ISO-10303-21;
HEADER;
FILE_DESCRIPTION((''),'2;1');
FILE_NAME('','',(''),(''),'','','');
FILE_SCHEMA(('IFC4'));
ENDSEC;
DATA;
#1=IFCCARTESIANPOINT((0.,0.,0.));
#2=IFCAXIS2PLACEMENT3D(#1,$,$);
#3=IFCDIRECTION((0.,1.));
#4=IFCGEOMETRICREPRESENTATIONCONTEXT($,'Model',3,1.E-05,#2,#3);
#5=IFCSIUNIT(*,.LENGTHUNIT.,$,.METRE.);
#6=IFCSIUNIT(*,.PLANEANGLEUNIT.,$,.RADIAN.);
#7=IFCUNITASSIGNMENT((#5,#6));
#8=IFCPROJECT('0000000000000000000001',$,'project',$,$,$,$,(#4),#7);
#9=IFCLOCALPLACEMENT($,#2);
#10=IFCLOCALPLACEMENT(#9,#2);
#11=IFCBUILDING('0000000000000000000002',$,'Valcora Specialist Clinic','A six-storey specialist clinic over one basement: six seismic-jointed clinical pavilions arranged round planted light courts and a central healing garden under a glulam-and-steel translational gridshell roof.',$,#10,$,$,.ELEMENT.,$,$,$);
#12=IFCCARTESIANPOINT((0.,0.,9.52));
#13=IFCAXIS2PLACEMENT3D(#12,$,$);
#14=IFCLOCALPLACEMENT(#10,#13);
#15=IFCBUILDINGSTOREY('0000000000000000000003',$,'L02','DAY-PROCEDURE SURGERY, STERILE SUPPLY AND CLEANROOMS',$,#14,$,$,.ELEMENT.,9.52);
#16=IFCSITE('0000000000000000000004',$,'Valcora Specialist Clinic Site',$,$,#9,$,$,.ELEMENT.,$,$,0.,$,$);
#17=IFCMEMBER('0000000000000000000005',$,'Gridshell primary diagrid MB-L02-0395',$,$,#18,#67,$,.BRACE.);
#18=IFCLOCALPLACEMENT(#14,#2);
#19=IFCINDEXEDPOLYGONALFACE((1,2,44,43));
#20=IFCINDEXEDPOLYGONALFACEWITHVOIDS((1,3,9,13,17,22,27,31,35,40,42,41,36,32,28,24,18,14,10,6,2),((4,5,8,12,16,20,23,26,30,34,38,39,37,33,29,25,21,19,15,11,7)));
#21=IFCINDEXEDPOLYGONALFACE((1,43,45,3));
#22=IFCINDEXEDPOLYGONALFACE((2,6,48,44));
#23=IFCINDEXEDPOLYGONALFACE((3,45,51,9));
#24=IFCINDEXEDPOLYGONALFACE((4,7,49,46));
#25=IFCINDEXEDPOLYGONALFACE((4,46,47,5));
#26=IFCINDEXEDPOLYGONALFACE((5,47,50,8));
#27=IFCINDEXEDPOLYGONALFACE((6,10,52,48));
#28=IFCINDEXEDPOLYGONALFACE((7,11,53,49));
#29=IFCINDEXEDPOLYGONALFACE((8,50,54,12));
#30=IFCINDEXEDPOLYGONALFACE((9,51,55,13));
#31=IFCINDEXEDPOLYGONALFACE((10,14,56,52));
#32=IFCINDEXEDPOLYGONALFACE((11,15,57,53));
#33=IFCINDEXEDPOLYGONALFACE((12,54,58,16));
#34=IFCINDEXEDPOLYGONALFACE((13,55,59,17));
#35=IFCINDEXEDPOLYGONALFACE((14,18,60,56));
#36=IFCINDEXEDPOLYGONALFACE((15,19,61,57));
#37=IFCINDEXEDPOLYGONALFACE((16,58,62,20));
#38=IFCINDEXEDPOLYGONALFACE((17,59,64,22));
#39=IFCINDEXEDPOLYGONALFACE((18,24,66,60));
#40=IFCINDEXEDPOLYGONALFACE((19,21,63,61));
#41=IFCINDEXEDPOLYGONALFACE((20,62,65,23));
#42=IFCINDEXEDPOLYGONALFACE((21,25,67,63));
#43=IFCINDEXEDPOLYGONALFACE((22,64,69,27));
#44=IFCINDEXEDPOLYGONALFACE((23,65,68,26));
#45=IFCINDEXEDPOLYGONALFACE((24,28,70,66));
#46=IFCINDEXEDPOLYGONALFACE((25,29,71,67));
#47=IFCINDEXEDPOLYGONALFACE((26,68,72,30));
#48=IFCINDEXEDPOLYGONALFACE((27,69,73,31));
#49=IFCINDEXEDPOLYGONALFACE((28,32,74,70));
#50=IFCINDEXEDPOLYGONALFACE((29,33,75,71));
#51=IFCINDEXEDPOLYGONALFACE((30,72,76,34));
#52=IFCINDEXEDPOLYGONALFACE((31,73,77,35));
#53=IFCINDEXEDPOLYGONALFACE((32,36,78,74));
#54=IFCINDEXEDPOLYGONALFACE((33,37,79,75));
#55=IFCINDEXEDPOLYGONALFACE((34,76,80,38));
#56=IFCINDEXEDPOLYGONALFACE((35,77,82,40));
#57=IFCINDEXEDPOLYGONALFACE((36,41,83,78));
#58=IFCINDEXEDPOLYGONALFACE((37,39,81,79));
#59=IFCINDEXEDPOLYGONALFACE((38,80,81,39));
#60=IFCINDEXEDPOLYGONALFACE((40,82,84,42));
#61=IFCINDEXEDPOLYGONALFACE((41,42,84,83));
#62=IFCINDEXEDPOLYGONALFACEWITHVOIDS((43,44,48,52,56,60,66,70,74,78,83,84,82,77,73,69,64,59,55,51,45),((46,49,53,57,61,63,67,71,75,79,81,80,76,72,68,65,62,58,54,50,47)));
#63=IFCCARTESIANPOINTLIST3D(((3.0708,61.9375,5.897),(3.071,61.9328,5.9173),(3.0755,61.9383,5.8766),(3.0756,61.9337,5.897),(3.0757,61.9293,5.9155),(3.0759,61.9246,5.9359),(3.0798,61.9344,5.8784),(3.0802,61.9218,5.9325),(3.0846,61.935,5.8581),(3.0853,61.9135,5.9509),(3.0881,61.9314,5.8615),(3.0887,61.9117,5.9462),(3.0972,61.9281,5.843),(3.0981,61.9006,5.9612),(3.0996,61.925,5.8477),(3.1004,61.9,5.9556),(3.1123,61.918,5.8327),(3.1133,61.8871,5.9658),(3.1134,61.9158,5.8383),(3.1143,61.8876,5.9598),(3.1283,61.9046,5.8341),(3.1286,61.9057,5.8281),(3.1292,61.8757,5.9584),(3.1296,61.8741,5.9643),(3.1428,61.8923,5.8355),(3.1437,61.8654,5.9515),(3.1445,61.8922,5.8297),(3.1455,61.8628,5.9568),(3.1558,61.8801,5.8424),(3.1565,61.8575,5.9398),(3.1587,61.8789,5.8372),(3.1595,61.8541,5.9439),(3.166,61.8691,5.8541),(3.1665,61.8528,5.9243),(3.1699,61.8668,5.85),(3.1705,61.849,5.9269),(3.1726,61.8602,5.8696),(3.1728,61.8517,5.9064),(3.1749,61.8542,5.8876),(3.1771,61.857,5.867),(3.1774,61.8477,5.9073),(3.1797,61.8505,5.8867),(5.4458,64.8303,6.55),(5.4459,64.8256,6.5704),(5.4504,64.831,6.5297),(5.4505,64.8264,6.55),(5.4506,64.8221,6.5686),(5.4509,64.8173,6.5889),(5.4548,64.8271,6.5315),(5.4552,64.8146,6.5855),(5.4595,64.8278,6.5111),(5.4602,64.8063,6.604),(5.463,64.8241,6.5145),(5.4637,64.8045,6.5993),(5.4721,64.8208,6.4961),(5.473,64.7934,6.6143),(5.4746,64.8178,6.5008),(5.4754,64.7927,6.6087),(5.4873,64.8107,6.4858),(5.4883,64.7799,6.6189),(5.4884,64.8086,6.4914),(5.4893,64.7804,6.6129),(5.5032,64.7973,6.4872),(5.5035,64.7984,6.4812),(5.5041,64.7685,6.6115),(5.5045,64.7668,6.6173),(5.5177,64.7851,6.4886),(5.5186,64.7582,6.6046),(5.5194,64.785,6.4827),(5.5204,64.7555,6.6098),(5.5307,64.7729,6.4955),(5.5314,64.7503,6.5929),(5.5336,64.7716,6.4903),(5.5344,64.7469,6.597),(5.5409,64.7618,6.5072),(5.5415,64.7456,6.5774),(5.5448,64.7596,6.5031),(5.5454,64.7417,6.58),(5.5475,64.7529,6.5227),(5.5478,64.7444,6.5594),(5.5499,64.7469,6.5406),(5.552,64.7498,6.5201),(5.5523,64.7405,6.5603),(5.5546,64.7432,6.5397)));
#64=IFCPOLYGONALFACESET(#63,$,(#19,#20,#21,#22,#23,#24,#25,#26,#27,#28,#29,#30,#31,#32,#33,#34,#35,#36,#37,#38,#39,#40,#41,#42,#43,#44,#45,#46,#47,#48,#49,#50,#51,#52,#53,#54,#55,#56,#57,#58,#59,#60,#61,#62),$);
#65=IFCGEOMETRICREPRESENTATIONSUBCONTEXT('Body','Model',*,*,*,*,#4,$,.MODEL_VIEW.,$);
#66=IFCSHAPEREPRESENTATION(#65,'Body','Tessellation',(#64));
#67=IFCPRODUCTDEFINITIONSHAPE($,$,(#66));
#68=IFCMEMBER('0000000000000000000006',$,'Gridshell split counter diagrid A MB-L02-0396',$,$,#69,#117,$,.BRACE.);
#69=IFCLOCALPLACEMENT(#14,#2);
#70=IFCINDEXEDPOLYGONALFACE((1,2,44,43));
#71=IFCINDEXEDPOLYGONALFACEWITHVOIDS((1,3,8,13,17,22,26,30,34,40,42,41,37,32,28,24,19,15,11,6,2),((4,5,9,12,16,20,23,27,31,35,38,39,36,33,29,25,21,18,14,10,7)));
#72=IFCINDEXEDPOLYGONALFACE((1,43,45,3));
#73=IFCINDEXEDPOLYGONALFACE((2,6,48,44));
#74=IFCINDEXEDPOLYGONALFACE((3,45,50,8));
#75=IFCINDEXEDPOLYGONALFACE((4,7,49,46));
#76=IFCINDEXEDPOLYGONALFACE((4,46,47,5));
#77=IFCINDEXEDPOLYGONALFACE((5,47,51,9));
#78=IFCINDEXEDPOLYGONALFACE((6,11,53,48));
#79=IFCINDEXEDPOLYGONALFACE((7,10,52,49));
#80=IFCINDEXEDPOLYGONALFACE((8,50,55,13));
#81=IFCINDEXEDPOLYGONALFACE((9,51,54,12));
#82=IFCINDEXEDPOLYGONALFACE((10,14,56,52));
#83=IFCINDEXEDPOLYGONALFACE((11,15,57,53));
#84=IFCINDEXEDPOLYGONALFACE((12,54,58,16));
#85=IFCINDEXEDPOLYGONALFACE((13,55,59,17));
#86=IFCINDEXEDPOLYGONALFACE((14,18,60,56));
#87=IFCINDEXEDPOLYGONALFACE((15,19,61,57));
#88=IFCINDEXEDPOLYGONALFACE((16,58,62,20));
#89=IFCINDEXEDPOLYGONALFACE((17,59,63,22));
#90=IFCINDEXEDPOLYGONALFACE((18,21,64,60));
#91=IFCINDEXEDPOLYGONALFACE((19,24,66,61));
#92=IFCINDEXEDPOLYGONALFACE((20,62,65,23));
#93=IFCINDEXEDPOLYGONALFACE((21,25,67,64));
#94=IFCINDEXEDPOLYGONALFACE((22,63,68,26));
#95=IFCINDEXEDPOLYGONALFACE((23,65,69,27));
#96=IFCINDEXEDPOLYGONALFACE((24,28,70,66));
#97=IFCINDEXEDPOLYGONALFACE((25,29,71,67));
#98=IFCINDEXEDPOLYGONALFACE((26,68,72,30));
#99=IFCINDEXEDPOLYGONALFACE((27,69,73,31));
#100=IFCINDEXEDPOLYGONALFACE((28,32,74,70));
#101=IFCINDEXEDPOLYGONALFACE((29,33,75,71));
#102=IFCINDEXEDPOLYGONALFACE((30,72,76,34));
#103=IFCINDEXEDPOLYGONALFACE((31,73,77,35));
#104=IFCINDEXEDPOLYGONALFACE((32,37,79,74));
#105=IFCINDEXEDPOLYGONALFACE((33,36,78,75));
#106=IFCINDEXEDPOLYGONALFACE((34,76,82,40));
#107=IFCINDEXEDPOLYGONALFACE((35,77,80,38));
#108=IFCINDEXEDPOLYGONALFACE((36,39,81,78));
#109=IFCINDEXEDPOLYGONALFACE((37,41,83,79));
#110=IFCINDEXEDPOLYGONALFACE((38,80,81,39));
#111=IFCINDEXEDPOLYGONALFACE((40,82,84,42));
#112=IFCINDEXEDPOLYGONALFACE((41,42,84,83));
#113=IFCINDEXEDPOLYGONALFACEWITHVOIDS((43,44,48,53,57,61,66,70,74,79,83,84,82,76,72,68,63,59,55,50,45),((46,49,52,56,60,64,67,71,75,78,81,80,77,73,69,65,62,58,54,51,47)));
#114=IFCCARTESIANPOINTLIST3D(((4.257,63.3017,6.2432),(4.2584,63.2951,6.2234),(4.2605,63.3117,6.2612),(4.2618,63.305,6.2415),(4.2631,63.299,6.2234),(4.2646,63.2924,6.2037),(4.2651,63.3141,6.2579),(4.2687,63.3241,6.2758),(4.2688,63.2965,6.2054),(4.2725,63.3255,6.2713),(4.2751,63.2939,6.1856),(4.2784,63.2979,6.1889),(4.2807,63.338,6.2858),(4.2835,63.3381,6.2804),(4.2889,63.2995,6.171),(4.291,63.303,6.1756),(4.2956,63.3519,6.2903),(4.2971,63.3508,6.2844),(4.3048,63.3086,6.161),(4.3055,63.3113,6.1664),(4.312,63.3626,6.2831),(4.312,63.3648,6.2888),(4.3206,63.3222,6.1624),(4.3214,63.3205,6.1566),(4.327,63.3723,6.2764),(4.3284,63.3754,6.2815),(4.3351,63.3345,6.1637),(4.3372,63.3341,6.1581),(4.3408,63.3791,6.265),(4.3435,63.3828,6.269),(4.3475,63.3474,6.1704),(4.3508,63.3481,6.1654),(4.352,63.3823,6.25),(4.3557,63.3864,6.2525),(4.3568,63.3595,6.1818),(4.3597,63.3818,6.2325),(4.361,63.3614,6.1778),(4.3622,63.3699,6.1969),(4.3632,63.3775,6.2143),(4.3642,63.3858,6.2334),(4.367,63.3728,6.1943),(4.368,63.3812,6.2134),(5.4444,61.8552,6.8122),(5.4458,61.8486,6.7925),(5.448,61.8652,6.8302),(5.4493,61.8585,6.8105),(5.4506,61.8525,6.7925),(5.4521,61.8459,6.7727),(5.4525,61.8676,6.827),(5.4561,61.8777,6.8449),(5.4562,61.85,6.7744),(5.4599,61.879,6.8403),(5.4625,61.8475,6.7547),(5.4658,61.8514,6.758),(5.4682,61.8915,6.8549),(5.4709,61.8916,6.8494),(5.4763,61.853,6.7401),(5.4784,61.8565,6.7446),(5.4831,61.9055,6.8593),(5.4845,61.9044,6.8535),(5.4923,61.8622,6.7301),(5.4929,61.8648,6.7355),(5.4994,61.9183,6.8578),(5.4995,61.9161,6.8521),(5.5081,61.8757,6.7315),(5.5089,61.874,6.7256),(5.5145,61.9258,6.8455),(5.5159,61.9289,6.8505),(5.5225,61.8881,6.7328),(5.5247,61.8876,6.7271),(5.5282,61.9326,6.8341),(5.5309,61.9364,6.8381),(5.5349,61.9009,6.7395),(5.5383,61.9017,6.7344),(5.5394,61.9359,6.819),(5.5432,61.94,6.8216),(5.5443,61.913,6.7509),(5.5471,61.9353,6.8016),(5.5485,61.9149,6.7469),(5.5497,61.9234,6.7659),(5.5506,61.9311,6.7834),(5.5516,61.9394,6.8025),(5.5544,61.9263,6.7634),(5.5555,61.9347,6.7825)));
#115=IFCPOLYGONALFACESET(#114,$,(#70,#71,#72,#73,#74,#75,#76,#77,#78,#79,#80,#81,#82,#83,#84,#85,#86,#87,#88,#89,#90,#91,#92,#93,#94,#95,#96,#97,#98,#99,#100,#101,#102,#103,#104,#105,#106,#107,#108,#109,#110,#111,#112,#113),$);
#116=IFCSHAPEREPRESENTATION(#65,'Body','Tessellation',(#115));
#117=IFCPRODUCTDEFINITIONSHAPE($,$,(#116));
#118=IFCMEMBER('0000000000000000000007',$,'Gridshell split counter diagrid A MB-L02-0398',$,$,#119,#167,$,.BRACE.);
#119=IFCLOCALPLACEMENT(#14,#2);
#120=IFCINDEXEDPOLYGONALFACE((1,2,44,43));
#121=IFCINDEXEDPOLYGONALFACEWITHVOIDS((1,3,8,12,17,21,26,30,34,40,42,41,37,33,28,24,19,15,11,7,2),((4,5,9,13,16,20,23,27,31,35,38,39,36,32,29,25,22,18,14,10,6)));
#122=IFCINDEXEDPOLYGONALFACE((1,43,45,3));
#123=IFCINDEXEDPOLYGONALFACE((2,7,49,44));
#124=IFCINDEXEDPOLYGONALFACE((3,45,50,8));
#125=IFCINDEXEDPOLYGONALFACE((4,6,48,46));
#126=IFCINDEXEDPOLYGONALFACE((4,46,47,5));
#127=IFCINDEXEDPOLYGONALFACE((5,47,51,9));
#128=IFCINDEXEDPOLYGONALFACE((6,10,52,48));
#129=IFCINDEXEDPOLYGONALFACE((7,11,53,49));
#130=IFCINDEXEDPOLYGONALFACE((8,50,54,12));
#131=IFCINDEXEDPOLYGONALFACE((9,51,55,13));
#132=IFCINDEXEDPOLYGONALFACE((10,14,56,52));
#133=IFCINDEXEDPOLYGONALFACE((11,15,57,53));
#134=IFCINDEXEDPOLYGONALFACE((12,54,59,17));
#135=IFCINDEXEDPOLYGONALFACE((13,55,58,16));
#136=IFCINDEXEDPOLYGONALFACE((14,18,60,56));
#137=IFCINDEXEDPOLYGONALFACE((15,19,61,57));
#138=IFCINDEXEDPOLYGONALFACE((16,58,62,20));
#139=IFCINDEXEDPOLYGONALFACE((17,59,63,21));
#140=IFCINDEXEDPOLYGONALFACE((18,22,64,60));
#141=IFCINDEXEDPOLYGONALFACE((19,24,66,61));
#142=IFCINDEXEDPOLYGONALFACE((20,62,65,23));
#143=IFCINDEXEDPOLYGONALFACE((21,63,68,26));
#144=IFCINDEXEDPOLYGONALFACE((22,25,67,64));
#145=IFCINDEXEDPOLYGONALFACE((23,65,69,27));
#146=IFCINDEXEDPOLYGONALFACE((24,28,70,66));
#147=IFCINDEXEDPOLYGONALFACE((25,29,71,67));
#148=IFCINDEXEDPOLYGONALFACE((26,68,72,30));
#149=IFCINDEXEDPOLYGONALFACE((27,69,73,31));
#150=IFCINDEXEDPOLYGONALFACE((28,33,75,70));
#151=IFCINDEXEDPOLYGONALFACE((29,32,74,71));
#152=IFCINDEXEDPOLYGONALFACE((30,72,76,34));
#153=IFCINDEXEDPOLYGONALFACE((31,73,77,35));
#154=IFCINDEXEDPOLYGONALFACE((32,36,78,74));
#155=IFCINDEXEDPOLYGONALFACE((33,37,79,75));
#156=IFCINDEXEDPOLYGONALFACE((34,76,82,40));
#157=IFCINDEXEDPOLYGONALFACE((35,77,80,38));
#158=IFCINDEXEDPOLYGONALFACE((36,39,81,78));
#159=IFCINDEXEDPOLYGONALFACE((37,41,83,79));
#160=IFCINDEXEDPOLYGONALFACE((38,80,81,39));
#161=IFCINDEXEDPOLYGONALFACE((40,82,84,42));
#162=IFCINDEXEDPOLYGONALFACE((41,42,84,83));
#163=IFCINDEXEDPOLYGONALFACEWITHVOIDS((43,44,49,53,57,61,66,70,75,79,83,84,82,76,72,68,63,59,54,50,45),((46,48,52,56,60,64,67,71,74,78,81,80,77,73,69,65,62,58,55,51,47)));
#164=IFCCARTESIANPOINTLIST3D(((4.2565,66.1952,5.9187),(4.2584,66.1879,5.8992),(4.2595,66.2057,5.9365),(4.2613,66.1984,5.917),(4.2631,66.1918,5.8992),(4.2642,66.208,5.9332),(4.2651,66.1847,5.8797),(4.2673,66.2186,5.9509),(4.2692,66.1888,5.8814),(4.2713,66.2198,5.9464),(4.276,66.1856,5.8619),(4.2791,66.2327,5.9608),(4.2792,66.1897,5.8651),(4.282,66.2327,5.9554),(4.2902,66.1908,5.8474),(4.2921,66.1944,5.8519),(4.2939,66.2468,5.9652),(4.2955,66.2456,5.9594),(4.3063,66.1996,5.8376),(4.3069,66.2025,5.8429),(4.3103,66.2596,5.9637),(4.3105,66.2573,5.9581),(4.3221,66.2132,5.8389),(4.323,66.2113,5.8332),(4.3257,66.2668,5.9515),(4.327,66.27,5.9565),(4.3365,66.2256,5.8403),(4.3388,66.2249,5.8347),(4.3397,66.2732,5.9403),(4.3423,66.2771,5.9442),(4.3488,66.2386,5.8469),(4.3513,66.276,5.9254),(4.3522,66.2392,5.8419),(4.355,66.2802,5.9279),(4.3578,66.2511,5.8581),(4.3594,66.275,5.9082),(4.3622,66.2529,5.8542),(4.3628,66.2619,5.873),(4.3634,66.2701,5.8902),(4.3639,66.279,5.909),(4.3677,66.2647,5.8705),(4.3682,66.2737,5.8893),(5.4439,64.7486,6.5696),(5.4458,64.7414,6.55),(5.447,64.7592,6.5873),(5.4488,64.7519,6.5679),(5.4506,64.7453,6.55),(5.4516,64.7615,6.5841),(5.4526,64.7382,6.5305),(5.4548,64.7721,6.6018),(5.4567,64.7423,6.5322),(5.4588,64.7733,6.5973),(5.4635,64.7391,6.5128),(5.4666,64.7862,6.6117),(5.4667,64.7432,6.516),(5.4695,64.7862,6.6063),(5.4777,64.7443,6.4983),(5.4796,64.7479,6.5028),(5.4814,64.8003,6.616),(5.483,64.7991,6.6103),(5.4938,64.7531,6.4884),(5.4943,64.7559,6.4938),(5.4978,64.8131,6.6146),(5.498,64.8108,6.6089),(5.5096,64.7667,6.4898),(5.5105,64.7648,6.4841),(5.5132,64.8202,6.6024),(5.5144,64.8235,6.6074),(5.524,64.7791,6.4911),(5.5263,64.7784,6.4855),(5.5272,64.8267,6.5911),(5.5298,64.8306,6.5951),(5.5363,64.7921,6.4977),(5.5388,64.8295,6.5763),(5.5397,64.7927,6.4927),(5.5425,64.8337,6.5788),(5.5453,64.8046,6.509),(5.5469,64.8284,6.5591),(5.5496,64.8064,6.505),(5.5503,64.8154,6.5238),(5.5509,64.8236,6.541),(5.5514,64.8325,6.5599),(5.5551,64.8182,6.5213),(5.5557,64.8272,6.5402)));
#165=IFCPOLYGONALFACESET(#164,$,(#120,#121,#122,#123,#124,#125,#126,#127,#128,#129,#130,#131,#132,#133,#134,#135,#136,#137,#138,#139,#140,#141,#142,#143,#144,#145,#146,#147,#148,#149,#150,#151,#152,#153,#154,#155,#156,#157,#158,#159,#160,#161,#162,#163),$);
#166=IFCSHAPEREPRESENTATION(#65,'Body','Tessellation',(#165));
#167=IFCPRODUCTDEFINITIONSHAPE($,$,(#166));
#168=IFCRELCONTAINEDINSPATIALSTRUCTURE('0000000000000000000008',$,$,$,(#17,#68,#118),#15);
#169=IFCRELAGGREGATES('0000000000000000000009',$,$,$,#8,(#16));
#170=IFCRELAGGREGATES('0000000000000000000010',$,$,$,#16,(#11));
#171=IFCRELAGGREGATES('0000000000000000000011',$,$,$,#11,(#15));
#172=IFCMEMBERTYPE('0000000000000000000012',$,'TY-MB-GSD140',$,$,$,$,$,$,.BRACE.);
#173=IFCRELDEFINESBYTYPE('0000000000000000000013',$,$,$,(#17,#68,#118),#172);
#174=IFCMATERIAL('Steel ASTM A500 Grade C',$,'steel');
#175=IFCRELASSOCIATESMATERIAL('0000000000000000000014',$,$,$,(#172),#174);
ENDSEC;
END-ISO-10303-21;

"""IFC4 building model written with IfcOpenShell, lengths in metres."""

from ifc_helpers import new_model, si_unit, direction, frame, origin, origin_2d, place, context, subcontext, project, spatial, hollow_circle, extrude, material, material_profile, profile_set, type_object, element, save


model = new_model("IFC4")

# Units and contexts
model_context = context("Model", 3, precision=1e-05, world=origin(), true_north=direction((0.0, 1.0)))
body_context = subcontext(model_context, "Body", "Model", "MODEL_VIEW")
ifc_project = project(units=[si_unit("LENGTHUNIT", "METRE"), si_unit("PLANEANGLEUNIT", "RADIAN")], contexts=[model_context])

# Site, building, storey
site_placement = place(None, origin())
site = spatial("IfcSite", under=ifc_project, at=site_placement, Name="Valcora Specialist Clinic Site", CompositionType="ELEMENT", RefElevation=0.0)
building_placement = place(site_placement, origin())
building = spatial("IfcBuilding", under=site, at=building_placement, Name="Valcora Specialist Clinic", Description="A six-storey specialist clinic over one basement: six seismic-jointed clinical pavilions arranged round planted light courts and a central healing garden under a glulam-and-steel translational gridshell roof.", CompositionType="ELEMENT")
storey_placement = place(building_placement, frame((0.0, 0.0, 9.52)))
storey = spatial("IfcBuildingStorey", under=building, at=storey_placement, Name="L02", Description="DAY-PROCEDURE SURGERY, STERILE SUPPLY AND CLEANROOMS", CompositionType="ELEMENT", Elevation=9.52)

# Members
ifc_material_1 = material(Name="Steel ASTM A500 Grade C", Category="steel")
ifc_material_profile_1 = material_profile(ifc_material_1, hollow_circle(Radius=0.0701, WallThickness=0.0061, at=origin_2d()), Name="ST-CHS-140X6")
ifc_profile_set_1 = profile_set([ifc_material_profile_1], Name="Steel ASTM A500 Grade C")
member_type_1 = type_object("IfcMemberType", Name="TY-MB-GSD140", PredefinedType="BRACE", material=ifc_profile_set_1)
member_1_placement = place(storey_placement, frame((3.125, 61.8931, 5.897), z_axis=(0.625096, 0.761386, 0.171889), x_axis=(-0.77289, 0.63454, 0.0)))
element("IfcMember", 1, at=member_1_placement, inside=storey, type_object=member_type_1, Name="Gridshell primary diagrid MB-L02-0395", PredefinedType="BRACE", context=body_context, shape_type="SweptSolid", body=[
    extrude(hollow_circle(Radius=0.0701, WallThickness=0.0061, at=origin_2d()), origin(), (0.0, 0.0, 1.0), 3.7993),
])
member_2_placement = place(storey_placement, frame((5.5, 61.8931, 6.7925), z_axis=(-0.607063, 0.739484, -0.290926), x_axis=(-0.772916, -0.634508, 0.0)))
element("IfcMember", 2, at=member_2_placement, inside=storey, type_object=member_type_1, Name="Gridshell split counter diagrid A MB-L02-0396", PredefinedType="BRACE", context=body_context, shape_type="SweptSolid", body=[
    extrude(hollow_circle(Radius=0.0701, WallThickness=0.0061, at=origin_2d()), origin(), (0.0, 0.0, 1.0), 1.9561),
])
member_3_placement = place(storey_placement, frame((5.5, 64.7859, 6.55), z_axis=(-0.5993, 0.730027, -0.328481), x_axis=(-0.772916, -0.634508, 0.0)))
element("IfcMember", 3, at=member_3_placement, inside=storey, type_object=member_type_1, Name="Gridshell split counter diagrid A MB-L02-0398", PredefinedType="BRACE", context=body_context, shape_type="SweptSolid", body=[
    extrude(hollow_circle(Radius=0.0701, WallThickness=0.0061, at=origin_2d()), origin(), (0.0, 0.0, 1.0), 1.9814),
])

save(model, "model.ifc")
